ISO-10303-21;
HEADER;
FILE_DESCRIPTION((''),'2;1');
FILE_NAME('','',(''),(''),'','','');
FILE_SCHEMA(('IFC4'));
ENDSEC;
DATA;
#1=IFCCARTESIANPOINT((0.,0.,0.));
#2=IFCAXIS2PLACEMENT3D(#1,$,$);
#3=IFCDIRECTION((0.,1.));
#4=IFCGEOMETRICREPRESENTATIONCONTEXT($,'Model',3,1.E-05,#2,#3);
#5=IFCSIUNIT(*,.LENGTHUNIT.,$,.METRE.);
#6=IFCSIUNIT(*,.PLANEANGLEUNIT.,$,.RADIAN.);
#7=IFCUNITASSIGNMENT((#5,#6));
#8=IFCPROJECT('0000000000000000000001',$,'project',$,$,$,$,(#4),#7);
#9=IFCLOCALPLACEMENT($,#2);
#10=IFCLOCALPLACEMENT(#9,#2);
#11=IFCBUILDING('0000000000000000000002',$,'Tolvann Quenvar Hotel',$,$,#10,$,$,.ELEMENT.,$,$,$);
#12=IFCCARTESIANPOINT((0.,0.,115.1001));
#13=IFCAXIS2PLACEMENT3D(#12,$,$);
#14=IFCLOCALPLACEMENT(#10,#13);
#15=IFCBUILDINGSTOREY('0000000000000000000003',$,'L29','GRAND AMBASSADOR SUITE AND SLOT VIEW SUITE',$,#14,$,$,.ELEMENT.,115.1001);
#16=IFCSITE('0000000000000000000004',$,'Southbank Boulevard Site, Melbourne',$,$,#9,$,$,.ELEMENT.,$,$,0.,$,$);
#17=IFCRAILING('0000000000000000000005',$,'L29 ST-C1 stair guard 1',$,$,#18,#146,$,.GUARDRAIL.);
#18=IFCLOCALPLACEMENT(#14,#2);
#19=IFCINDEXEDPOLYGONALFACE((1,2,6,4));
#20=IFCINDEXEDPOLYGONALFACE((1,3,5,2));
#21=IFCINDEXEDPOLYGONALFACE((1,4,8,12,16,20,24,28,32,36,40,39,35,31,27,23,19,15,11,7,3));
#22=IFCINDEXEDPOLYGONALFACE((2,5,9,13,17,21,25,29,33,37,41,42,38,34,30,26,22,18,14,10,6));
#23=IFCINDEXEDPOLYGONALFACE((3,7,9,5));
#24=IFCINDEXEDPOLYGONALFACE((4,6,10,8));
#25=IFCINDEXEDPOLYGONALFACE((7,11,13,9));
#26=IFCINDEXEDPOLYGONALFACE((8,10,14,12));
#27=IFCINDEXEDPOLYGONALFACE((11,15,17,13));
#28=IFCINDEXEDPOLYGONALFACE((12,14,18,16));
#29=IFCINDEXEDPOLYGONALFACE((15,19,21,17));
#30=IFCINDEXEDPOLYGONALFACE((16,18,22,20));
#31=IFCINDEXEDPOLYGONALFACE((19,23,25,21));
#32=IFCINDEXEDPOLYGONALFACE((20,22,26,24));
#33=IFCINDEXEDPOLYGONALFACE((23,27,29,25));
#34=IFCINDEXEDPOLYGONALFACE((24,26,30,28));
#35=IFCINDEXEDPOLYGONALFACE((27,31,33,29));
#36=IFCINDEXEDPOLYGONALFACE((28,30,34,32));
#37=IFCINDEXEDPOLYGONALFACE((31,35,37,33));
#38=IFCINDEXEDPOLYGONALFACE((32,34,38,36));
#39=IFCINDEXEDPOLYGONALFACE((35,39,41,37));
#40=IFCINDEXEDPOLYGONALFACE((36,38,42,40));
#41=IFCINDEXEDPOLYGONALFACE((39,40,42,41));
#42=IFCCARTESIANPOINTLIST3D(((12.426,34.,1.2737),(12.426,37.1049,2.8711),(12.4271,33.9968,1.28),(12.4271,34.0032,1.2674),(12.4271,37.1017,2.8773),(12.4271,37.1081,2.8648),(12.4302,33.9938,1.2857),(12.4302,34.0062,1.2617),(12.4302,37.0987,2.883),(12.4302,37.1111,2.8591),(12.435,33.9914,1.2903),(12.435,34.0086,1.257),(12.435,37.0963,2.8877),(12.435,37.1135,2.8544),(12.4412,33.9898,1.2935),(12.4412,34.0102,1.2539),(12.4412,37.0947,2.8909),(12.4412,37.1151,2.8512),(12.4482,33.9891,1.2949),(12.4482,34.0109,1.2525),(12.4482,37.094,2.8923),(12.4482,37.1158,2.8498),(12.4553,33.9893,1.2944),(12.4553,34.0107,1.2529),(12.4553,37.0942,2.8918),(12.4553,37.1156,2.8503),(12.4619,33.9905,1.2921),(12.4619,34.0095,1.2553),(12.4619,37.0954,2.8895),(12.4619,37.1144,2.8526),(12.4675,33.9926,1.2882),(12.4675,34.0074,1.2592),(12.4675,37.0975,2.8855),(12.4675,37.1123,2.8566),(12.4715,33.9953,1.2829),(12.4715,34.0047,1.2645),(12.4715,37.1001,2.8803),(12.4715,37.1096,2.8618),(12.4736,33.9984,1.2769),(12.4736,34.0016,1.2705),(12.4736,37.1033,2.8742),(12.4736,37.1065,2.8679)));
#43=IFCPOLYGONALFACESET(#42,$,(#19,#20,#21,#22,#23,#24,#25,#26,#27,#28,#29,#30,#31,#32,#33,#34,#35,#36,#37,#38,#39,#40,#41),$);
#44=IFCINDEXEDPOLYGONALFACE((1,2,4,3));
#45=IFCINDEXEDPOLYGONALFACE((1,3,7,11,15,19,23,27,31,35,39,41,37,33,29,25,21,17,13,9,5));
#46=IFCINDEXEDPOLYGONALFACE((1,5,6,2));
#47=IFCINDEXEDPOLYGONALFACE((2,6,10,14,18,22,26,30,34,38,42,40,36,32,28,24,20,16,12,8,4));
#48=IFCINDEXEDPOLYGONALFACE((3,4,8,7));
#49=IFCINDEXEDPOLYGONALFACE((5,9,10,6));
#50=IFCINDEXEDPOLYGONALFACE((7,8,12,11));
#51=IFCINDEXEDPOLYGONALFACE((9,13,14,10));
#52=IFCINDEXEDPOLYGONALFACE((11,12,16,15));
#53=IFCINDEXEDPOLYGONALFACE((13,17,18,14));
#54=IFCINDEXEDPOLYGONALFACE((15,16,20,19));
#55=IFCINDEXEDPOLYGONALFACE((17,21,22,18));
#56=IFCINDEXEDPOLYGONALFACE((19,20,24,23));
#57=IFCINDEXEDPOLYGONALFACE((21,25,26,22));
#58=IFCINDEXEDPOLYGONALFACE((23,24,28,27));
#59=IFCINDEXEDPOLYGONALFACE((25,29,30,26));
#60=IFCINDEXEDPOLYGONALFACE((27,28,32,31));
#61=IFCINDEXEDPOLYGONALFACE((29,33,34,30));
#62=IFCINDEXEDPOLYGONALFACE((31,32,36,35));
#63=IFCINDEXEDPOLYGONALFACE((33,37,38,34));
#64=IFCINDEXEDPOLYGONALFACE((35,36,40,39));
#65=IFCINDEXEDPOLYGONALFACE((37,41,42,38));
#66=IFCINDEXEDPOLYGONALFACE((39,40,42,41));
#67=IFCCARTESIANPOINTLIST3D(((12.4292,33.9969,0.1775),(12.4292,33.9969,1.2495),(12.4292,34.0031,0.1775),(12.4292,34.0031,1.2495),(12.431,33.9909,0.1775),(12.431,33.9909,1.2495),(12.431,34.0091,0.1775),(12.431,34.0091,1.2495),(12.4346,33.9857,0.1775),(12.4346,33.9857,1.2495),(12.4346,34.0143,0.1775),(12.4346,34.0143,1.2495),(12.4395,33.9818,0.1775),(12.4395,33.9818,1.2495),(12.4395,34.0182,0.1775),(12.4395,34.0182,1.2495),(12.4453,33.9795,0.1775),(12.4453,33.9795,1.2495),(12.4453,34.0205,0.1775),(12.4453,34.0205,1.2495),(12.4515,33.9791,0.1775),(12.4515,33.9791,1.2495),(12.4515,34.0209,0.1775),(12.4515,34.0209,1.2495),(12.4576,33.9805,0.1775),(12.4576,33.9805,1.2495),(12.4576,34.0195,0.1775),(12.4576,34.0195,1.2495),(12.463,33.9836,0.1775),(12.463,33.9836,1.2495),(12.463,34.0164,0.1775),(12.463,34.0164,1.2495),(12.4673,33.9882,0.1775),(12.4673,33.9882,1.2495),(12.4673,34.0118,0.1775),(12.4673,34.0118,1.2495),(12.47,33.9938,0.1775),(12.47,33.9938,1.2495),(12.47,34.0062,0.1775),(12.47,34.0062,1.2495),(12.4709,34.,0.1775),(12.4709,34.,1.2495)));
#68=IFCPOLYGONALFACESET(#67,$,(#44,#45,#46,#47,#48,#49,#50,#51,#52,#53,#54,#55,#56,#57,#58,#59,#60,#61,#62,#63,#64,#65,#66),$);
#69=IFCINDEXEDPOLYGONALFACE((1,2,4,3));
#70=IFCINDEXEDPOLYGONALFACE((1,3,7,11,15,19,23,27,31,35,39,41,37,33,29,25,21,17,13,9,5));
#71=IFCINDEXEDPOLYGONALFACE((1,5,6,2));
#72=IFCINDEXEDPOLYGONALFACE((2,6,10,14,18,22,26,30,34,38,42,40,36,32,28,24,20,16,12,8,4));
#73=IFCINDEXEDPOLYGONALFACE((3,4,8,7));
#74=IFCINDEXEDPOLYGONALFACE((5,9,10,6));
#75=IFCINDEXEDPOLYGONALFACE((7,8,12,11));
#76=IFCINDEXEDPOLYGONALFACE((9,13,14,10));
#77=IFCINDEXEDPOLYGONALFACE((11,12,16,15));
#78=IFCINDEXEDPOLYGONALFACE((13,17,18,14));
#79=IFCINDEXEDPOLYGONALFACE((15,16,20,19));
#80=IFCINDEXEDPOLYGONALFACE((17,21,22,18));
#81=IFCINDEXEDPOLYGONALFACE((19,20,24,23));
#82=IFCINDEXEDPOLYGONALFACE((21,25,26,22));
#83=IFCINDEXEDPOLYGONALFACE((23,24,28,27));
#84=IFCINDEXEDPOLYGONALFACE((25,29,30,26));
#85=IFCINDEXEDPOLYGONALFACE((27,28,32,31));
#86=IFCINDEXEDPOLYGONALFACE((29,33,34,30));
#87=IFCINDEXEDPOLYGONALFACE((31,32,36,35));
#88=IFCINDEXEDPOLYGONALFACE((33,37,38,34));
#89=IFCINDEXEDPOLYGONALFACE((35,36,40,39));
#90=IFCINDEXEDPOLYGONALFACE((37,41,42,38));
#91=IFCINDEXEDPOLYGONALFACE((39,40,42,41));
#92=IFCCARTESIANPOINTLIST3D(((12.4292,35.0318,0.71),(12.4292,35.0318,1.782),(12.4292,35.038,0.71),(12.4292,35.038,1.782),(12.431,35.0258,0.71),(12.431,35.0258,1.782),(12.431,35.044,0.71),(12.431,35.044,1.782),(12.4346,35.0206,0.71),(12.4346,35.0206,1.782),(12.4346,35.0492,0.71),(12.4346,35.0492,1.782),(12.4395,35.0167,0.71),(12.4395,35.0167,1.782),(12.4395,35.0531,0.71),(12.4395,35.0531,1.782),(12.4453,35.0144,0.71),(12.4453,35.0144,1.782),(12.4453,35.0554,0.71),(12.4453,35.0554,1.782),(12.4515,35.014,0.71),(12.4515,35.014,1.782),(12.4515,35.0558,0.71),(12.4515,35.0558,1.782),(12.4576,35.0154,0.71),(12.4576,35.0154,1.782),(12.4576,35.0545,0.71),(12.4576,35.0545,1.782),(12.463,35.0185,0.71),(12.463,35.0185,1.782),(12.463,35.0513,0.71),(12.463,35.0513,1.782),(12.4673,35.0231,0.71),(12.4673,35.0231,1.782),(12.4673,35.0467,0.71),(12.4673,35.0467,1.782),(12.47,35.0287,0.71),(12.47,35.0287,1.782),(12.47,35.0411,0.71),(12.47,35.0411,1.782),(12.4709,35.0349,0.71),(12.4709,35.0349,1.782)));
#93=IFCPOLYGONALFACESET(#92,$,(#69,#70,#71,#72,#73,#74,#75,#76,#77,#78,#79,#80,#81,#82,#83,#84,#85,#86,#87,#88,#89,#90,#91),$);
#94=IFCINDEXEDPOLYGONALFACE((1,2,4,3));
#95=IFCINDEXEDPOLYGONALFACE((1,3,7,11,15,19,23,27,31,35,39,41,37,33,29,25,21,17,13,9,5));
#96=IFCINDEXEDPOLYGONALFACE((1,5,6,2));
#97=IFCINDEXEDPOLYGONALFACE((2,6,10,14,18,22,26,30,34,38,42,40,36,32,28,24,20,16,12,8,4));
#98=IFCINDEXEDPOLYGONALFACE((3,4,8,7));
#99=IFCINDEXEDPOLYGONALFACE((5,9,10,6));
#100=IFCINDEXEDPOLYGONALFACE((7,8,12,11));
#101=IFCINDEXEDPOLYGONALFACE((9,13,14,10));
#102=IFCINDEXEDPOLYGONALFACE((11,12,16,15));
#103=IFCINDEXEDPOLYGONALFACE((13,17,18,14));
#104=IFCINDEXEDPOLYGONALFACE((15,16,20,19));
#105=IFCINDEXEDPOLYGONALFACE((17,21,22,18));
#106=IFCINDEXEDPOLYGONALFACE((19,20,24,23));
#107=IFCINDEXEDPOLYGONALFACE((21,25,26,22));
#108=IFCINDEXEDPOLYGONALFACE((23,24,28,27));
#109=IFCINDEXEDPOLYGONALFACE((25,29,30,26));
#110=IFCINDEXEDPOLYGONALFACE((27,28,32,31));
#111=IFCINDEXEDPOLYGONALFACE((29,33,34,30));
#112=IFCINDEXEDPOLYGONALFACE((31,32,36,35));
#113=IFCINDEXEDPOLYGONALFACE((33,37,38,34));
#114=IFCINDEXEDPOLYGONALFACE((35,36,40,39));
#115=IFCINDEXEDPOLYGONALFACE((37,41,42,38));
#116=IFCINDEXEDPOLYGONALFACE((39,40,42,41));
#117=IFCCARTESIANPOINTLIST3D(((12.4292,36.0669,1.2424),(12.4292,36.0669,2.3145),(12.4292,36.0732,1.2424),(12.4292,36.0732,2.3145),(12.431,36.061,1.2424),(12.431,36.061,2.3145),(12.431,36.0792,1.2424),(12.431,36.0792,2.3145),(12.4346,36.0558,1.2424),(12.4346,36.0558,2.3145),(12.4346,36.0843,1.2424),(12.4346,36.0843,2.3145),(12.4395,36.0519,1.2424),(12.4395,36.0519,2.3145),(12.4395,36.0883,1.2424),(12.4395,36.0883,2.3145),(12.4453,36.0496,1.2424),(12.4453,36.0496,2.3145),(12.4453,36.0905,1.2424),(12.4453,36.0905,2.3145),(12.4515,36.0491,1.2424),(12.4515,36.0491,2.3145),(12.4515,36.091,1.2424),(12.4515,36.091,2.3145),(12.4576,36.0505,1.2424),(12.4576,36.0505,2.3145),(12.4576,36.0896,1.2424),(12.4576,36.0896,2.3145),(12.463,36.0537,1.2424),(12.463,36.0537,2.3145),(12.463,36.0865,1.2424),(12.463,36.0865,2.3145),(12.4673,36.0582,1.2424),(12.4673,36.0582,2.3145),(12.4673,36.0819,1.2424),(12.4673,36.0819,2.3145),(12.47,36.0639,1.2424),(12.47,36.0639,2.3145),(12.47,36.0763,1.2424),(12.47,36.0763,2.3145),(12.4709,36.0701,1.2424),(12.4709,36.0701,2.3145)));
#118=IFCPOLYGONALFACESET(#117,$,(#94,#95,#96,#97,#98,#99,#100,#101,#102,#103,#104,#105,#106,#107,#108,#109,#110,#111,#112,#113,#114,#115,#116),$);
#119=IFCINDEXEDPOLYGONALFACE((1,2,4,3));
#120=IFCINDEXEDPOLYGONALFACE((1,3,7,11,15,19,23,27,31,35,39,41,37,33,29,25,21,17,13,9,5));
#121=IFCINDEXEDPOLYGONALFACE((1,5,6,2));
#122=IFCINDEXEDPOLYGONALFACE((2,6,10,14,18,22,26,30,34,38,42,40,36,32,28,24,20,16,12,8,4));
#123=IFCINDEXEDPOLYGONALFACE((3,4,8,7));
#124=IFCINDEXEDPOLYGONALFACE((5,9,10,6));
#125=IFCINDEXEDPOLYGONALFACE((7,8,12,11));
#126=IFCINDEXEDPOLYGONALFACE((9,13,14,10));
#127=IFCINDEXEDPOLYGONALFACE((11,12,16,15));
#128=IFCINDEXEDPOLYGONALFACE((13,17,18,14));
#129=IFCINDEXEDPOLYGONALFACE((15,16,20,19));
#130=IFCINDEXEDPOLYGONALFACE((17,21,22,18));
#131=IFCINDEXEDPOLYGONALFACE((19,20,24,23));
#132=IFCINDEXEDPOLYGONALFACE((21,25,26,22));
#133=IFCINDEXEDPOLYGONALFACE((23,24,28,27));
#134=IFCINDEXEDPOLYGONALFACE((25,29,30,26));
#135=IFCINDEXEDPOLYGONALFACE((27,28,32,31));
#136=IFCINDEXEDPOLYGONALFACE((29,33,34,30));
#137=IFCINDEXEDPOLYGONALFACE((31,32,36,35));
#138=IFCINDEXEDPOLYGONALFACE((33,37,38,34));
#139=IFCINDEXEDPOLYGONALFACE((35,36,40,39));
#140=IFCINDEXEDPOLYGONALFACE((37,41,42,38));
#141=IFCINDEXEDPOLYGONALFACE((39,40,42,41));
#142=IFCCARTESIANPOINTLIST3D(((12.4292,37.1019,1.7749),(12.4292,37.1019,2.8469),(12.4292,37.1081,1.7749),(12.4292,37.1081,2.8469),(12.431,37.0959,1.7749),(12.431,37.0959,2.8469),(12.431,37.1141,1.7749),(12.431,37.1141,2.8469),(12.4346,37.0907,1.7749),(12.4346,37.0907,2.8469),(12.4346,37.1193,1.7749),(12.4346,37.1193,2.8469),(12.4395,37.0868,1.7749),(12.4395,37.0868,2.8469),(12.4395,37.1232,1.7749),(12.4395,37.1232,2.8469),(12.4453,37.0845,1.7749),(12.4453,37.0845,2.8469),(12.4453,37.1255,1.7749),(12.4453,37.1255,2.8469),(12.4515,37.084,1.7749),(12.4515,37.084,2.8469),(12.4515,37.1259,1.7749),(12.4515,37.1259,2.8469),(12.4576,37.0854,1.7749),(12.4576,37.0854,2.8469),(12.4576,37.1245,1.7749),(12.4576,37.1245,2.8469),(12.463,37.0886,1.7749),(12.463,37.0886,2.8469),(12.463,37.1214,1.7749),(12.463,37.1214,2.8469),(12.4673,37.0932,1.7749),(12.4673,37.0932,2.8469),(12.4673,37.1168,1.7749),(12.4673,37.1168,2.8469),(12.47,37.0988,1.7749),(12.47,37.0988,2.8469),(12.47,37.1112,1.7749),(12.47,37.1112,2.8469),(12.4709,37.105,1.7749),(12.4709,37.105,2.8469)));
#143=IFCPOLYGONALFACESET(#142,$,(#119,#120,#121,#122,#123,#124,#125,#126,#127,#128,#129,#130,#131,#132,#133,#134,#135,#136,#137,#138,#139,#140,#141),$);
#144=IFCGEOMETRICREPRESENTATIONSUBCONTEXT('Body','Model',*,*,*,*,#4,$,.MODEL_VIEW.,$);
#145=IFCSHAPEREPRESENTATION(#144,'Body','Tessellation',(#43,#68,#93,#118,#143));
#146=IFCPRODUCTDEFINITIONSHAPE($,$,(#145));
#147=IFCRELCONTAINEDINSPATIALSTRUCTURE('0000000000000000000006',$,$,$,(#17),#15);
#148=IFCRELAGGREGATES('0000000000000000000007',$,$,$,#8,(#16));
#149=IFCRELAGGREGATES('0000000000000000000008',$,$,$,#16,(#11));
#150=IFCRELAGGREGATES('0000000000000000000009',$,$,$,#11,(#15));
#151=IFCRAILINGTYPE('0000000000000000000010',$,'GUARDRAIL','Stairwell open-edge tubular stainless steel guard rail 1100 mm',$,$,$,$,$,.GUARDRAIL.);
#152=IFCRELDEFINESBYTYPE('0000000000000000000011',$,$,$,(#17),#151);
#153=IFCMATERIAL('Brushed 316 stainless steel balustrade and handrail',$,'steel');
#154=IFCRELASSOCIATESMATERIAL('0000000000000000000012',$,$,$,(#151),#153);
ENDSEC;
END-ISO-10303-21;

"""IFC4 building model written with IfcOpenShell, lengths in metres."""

from ifc_helpers import new_model, si_unit, direction, frame, origin, origin_2d, place, context, subcontext, project, spatial, circle, extrude, material, type_object, element, save


model = new_model("IFC4")

# Units and contexts
model_context = context("Model", 3, precision=1e-05, world=origin(), true_north=direction((0.0, 1.0)))
body_context = subcontext(model_context, "Body", "Model", "MODEL_VIEW")
ifc_project = project(units=[si_unit("LENGTHUNIT", "METRE"), si_unit("PLANEANGLEUNIT", "RADIAN")], contexts=[model_context])

# Site, building, storey
site_placement = place(None, origin())
site = spatial("IfcSite", under=ifc_project, at=site_placement, Name="Southbank Boulevard Site, Melbourne", CompositionType="ELEMENT", RefElevation=0.0)
building_placement = place(site_placement, origin())
building = spatial("IfcBuilding", under=site, at=building_placement, Name="Tolvann Quenvar Hotel", CompositionType="ELEMENT")
storey_placement = place(building_placement, frame((0.0, 0.0, 115.1001)))
storey = spatial("IfcBuildingStorey", under=building, at=storey_placement, Name="L29", Description="GRAND AMBASSADOR SUITE AND SLOT VIEW SUITE", CompositionType="ELEMENT", Elevation=115.1001)

# Railing
ifc_material_1 = material(Name="Brushed 316 stainless steel balustrade and handrail", Category="steel")
railing_type_1 = type_object("IfcRailingType", Name="GUARDRAIL", Description="Stairwell open-edge tubular stainless steel guard rail 1100 mm", PredefinedType="GUARDRAIL", material=ifc_material_1)
railing_1_placement = place(storey_placement, frame((12.45, 34.0, 0.1775)))
element("IfcRailing", 1, at=railing_1_placement, inside=storey, type_object=railing_type_1, Name="L29 ST-C1 stair guard 1", PredefinedType="GUARDRAIL", context=body_context, shape_type="SweptSolid", body=[
    extrude(circle(Radius=0.0239, at=origin_2d()), frame((0.0, 0.0, 1.0962), z_axis=(0.0, 0.889222, 0.457476), x_axis=(-1.0, 0.0, 0.0)), (0.0, 0.0, 1.0), 3.4917),
    extrude(circle(Radius=0.021, at=origin_2d()), origin(), (0.0, 0.0, 1.0), 1.072),
    extrude(circle(Radius=0.021, at=origin_2d()), frame((0.0, 1.0349, 0.5325)), (0.0, 0.0, 1.0), 1.072),
    extrude(circle(Radius=0.021, at=origin_2d()), frame((0.0, 2.0701, 1.0649)), (0.0, 0.0, 1.0), 1.072),
    extrude(circle(Radius=0.021, at=origin_2d()), frame((0.0, 3.105, 1.5974)), (0.0, 0.0, 1.0), 1.072),
])

save(model, "model.ifc")
